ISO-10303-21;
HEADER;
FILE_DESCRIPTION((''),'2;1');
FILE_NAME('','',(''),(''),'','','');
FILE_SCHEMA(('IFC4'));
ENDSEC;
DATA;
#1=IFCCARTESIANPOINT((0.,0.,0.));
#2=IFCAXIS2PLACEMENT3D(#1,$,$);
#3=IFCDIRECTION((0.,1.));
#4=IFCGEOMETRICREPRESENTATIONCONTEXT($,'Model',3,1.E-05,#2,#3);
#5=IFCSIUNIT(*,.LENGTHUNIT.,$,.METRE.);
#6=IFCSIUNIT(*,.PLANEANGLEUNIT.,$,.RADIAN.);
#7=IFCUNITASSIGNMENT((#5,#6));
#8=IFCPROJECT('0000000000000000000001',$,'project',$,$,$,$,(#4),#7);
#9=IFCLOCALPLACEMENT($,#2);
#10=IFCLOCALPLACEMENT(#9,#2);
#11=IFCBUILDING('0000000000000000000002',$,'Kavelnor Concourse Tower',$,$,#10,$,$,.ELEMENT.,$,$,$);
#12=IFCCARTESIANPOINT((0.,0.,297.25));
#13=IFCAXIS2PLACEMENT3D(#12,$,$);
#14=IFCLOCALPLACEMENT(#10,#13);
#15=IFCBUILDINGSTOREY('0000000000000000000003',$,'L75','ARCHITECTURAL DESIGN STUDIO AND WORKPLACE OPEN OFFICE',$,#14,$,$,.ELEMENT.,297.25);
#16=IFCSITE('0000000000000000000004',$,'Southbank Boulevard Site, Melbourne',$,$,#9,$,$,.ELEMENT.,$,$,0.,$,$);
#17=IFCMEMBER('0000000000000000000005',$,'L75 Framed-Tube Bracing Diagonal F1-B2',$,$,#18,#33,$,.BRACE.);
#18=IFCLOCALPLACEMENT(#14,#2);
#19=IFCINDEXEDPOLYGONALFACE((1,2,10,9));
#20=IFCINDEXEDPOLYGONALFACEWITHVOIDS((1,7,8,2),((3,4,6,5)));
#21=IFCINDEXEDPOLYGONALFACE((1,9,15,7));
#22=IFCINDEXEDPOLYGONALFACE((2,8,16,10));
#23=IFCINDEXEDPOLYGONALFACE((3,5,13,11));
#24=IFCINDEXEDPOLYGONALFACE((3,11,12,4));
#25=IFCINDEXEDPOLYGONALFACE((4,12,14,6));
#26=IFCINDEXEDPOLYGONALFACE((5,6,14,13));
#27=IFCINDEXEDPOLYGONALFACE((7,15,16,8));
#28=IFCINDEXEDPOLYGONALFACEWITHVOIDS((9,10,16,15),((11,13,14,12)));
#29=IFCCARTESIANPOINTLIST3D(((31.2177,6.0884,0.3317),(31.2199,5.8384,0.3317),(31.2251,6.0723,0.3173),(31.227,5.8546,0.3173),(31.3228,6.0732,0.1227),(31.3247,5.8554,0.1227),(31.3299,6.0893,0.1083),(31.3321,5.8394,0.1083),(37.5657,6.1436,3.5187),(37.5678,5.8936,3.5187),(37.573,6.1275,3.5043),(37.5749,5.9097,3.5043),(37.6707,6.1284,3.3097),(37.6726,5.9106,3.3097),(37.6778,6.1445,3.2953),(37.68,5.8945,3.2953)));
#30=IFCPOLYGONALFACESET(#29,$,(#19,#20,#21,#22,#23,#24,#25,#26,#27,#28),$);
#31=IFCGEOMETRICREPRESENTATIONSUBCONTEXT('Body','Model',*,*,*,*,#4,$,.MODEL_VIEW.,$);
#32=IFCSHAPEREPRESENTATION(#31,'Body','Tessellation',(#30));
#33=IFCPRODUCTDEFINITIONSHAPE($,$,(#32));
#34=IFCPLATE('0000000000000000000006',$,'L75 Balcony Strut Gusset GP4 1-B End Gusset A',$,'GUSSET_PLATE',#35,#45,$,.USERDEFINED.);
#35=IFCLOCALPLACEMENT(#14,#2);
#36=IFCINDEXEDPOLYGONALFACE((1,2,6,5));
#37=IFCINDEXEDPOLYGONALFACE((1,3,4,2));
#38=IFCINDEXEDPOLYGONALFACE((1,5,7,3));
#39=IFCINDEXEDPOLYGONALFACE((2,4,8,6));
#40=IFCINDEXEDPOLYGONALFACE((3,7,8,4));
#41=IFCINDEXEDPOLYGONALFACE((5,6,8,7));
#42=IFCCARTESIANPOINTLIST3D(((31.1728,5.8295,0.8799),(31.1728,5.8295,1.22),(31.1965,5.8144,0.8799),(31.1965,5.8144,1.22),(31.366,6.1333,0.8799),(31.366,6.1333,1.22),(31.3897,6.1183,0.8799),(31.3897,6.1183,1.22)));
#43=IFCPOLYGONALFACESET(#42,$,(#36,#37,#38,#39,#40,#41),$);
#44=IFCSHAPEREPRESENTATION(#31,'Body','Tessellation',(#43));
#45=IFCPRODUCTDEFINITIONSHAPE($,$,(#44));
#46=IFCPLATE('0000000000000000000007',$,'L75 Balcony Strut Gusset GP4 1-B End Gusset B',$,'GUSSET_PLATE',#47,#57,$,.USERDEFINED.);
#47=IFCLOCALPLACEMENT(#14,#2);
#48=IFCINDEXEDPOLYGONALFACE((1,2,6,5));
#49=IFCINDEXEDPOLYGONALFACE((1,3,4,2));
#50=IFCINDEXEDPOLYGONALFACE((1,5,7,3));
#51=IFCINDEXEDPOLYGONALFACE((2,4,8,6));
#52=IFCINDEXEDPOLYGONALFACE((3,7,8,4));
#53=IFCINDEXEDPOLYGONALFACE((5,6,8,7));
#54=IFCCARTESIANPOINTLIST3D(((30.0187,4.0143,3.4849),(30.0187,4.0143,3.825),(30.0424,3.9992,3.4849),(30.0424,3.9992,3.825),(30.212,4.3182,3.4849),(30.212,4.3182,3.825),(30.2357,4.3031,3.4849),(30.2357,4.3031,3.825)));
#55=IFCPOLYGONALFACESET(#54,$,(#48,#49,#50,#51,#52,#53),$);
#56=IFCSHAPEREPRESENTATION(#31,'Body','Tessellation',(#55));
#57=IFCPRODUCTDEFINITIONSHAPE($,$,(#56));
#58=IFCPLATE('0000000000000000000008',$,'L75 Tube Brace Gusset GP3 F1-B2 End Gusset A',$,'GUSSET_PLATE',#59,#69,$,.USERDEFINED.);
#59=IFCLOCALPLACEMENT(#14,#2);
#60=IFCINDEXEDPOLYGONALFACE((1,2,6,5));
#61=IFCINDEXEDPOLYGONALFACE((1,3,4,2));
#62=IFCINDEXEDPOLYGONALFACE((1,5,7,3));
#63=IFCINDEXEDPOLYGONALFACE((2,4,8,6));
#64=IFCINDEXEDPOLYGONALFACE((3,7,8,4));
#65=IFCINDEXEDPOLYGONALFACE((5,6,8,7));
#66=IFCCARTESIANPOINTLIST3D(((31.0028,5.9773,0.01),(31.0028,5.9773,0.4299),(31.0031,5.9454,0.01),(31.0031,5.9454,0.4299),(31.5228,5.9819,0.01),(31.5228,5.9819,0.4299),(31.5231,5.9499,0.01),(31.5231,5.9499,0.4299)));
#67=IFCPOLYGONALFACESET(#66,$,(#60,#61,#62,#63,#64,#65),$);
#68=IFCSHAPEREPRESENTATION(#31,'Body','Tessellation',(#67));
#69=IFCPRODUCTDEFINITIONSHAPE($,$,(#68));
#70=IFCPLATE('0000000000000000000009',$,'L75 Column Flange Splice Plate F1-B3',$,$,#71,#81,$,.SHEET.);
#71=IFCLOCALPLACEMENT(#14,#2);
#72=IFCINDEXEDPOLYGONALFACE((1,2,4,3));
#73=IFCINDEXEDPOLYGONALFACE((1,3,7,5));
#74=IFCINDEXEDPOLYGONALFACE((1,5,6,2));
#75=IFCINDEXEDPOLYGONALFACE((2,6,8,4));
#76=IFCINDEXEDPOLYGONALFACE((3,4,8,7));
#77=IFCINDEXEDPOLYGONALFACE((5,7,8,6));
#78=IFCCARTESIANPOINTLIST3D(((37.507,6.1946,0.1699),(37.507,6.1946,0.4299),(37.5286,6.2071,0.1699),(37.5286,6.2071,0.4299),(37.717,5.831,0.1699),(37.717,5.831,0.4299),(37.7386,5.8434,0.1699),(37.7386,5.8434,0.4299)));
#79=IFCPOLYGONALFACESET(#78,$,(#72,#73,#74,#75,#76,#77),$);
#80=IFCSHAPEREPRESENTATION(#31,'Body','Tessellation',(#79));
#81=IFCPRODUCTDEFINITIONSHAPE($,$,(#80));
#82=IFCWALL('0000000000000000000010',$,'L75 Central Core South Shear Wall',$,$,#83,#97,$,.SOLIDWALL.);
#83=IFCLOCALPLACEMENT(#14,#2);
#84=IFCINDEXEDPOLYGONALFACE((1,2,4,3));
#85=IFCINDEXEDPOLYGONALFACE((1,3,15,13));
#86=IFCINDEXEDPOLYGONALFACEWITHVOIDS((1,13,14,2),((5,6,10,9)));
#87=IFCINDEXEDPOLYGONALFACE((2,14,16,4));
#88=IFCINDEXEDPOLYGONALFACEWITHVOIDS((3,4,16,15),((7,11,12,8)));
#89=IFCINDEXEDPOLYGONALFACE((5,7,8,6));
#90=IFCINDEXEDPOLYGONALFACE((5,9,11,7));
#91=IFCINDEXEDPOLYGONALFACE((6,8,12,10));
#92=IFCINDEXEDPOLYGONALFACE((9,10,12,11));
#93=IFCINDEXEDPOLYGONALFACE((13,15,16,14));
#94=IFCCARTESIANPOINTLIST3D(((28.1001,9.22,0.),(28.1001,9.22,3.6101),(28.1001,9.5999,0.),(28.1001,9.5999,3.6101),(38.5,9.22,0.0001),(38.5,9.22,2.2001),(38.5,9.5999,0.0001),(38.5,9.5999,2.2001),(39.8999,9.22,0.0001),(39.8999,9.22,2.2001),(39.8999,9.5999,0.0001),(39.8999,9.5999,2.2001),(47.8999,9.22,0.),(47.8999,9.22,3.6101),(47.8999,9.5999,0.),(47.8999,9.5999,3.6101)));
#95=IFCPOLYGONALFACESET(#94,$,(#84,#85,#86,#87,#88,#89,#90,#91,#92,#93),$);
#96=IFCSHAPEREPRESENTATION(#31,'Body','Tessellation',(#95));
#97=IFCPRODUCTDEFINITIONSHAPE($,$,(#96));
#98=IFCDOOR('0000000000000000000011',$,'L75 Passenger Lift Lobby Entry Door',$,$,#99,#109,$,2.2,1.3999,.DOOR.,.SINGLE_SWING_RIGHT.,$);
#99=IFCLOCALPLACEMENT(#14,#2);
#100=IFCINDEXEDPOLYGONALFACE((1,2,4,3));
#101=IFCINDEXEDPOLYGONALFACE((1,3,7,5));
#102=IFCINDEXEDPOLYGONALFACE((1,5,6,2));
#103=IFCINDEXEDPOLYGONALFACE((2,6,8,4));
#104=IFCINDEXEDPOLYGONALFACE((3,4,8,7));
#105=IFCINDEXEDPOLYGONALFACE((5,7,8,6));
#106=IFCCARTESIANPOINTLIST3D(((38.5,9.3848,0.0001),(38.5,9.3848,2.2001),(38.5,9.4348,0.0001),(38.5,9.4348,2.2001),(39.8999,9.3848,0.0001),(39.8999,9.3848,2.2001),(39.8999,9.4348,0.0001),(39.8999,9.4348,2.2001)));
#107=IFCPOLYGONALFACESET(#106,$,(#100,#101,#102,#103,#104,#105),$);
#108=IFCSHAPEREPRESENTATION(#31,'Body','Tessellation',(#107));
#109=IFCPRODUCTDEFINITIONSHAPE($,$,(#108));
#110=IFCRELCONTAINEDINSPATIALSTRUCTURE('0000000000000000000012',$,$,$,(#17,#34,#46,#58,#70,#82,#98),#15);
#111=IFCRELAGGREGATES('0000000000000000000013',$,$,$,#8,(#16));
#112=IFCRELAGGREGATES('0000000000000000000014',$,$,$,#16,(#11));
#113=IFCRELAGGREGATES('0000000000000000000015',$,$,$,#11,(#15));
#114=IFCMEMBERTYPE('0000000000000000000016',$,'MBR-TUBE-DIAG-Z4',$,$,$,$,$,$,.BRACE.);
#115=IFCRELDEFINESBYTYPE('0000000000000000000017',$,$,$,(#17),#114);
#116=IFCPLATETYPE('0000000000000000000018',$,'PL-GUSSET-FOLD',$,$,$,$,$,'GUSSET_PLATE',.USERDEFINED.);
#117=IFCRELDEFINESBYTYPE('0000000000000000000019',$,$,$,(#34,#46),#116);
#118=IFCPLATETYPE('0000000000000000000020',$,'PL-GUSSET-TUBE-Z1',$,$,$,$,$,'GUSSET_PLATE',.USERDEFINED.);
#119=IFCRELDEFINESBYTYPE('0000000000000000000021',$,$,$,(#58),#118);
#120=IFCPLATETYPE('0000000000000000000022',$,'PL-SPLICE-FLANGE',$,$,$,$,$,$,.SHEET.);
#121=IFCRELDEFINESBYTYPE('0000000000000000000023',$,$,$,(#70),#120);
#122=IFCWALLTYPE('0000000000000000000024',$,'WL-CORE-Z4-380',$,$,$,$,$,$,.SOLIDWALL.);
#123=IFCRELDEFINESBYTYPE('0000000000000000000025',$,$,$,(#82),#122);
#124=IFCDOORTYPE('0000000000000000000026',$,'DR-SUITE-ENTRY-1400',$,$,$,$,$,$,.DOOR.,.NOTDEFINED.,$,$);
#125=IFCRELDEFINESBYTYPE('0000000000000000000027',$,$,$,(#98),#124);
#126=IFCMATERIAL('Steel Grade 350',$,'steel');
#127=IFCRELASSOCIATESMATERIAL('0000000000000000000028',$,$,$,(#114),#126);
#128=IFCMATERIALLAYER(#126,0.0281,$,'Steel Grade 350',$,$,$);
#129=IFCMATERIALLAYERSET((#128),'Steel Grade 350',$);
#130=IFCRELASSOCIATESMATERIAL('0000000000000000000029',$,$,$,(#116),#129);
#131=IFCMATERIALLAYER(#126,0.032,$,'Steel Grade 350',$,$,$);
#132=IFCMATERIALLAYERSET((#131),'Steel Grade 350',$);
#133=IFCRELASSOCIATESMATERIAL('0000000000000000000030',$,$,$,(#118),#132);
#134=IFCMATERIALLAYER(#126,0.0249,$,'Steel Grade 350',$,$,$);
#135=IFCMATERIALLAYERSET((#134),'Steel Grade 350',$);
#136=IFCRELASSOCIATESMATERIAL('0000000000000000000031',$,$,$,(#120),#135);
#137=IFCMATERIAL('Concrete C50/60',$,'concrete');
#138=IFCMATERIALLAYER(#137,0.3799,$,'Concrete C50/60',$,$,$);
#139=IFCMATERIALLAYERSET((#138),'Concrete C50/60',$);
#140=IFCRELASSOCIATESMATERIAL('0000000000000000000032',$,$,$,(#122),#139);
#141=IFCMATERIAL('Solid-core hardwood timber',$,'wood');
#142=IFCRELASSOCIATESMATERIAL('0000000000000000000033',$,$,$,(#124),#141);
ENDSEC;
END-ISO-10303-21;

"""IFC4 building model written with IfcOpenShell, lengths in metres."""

from ifc_helpers import new_model, si_unit, direction, frame, frame_2d, origin, origin_2d, place, context, subcontext, project, spatial, rectangle, hollow_rectangle, extrude, material, layer, layer_set, material_profile, profile_set, type_object, element, fill, save


model = new_model("IFC4")

# Units and contexts
model_context = context("Model", 3, precision=1e-05, world=origin(), true_north=direction((0.0, 1.0)))
body_context = subcontext(model_context, "Body", "Model", "MODEL_VIEW")
ifc_project = project(units=[si_unit("LENGTHUNIT", "METRE"), si_unit("PLANEANGLEUNIT", "RADIAN")], contexts=[model_context])

# Site, building, storey
site_placement = place(None, origin())
site = spatial("IfcSite", under=ifc_project, at=site_placement, Name="Southbank Boulevard Site, Melbourne", CompositionType="ELEMENT", RefElevation=0.0)
building_placement = place(site_placement, origin())
building = spatial("IfcBuilding", under=site, at=building_placement, Name="Kavelnor Concourse Tower", CompositionType="ELEMENT")
storey_placement = place(building_placement, frame((0.0, 0.0, 297.25)))
storey = spatial("IfcBuildingStorey", under=building, at=storey_placement, Name="L75", Description="ARCHITECTURAL DESIGN STUDIO AND WORKPLACE OPEN OFFICE", CompositionType="ELEMENT", Elevation=297.25)

# Shared definitions
ifc_material_1 = material(Name="Steel Grade 350", Category="steel")

# Member
ifc_material_profile_1 = material_profile(ifc_material_1, hollow_rectangle(XDim=0.25, YDim=0.25, WallThickness=0.0161, at=origin_2d()), Name="SHS 250x250x16")
ifc_profile_set_1 = profile_set([ifc_material_profile_1], Name="Steel Grade 350")
member_type_1 = type_object("IfcMemberType", Name="MBR-TUBE-DIAG-Z4", PredefinedType="BRACE", material=ifc_profile_set_1)
member_1_placement = place(storey_placement, frame((31.2749, 5.9639, 0.22), z_axis=(0.893663, 0.007768, 0.448671), x_axis=(-0.008692, 0.999962, 0.0)))
element("IfcMember", 1, at=member_1_placement, inside=storey, type_object=member_type_1, Name="L75 Framed-Tube Bracing Diagonal F1-B2", PredefinedType="BRACE", context=body_context, shape_type="SweptSolid", body=[
    extrude(hollow_rectangle(XDim=0.25, YDim=0.25, WallThickness=0.0161, at=origin_2d()), origin(), (0.0, 0.0, 1.0), 7.1033),
])

# Plates
ifc_layer_1 = layer(ifc_material_1, 0.0281, Name="Steel Grade 350")
ifc_layer_set_1 = layer_set([ifc_layer_1], Name="Steel Grade 350")
plate_type_1 = type_object("IfcPlateType", Name="PL-GUSSET-FOLD", ElementType="GUSSET_PLATE", PredefinedType="USERDEFINED", material=ifc_layer_set_1)
for number, where, z_axis, x_axis, name in (
    (2, (31.2812, 5.9739, 0.8799), (0.0, 0.0, 1.0), (-0.536563, -0.84386, 0.0), "L75 Balcony Strut Gusset GP4 1-B End Gusset A"),
    (3, (30.1272, 4.1587, 3.4849), (0.0, 0.0, 1.0), (-0.536563, -0.84386, 0.0), "L75 Balcony Strut Gusset GP4 1-B End Gusset B"),
):
    element("IfcPlate", number, at=place(storey_placement, frame(where, z_axis=z_axis, x_axis=x_axis)), inside=storey, type_object=plate_type_1, Name=name, ObjectType="GUSSET_PLATE", PredefinedType="USERDEFINED", context=body_context, shape_type="SweptSolid", body=[
        extrude(rectangle(XDim=0.3601, YDim=0.0281, at=origin_2d()), origin(), (0.0, 0.0, 1.0), 0.3401),
    ])
ifc_layer_2 = layer(ifc_material_1, 0.032, Name="Steel Grade 350")
ifc_layer_set_2 = layer_set([ifc_layer_2], Name="Steel Grade 350")
plate_type_2 = type_object("IfcPlateType", Name="PL-GUSSET-TUBE-Z1", ElementType="GUSSET_PLATE", PredefinedType="USERDEFINED", material=ifc_layer_set_2)
plate_1_placement = place(storey_placement, frame((31.2629, 5.9636, 0.01), z_axis=(0.0, 0.0, 1.0), x_axis=(0.999962, 0.008727, 0.0)))
element("IfcPlate", 4, at=plate_1_placement, inside=storey, type_object=plate_type_2, Name="L75 Tube Brace Gusset GP3 F1-B2 End Gusset A", ObjectType="GUSSET_PLATE", PredefinedType="USERDEFINED", context=body_context, shape_type="SweptSolid", body=[
    extrude(rectangle(XDim=0.52, YDim=0.032, at=origin_2d()), origin(), (0.0, 0.0, 1.0), 0.4199),
])
ifc_layer_3 = layer(ifc_material_1, 0.0249, Name="Steel Grade 350")
ifc_layer_set_3 = layer_set([ifc_layer_3], Name="Steel Grade 350")
plate_type_3 = type_object("IfcPlateType", Name="PL-SPLICE-FLANGE", PredefinedType="SHEET", material=ifc_layer_set_3)
plate_2_placement = place(storey_placement, frame((37.6228, 6.019, 0.1699), z_axis=(0.0, 0.0, 1.0), x_axis=(-0.5, 0.866025, 0.0)))
element("IfcPlate", 5, at=plate_2_placement, inside=storey, type_object=plate_type_3, Name="L75 Column Flange Splice Plate F1-B3", PredefinedType="SHEET", context=body_context, shape_type="SweptSolid", body=[
    extrude(rectangle(XDim=0.4199, YDim=0.0249, at=origin_2d()), origin(), (0.0, 0.0, 1.0), 0.26),
])

# Wall, opening, door
ifc_material_2 = material(Name="Concrete C50/60", Category="concrete")
ifc_layer_4 = layer(ifc_material_2, 0.3799, Name="Concrete C50/60")
ifc_layer_set_4 = layer_set([ifc_layer_4], Name="Concrete C50/60")
wall_type = type_object("IfcWallType", Name="WL-CORE-Z4-380", PredefinedType="SOLIDWALL", material=ifc_layer_set_4)
wall_placement = place(storey_placement, frame((28.1001, 9.4099, 0.0), z_axis=(0.0, 0.0, 1.0), x_axis=(1.0, 0.0, 0.0)))
wall = element("IfcWall", 6, at=wall_placement, inside=storey, type_object=wall_type, Name="L75 Central Core South Shear Wall", PredefinedType="SOLIDWALL", context=body_context, shape_type="SweptSolid", body=[
    extrude(rectangle(XDim=19.7998, YDim=0.3799, at=frame_2d((9.8999, 0.0))), origin(), (0.0, 0.0, 1.0), 3.6101),
])
opening_placement = place(wall_placement, frame((10.3999, 0.0, 0.0)))
opening = element("IfcOpeningElement", 7, at=opening_placement, cuts=wall, PredefinedType="OPENING", context=body_context, shape_type="SweptSolid", body=[
    extrude(rectangle(XDim=1.3999, YDim=2.2, at=frame_2d((0.7, 1.1001))), frame((0.0, 0.2, 0.0), z_axis=(0.0, -1.0, 0.0), x_axis=(1.0, 0.0, 0.0)), (0.0, 0.0, 1.0), 0.3999),
])
ifc_material_3 = material(Name="Solid-core hardwood timber", Category="wood")
door_type = type_object("IfcDoorType", Name="DR-SUITE-ENTRY-1400", OperationType="NOTDEFINED", PredefinedType="DOOR", material=ifc_material_3)
door_placement = place(opening_placement, origin())
door = element("IfcDoor", 8, at=door_placement, inside=storey, type_object=door_type, Name="L75 Passenger Lift Lobby Entry Door", OperationType="SINGLE_SWING_RIGHT", OverallHeight=2.2, OverallWidth=1.3999, PredefinedType="DOOR", context=body_context, shape_type="SweptSolid", body=[
    extrude(rectangle(XDim=1.3999, YDim=2.2, at=frame_2d((0.7, 1.1001))), frame((0.0, 0.0249, 0.0), z_axis=(0.0, -1.0, 0.0), x_axis=(1.0, 0.0, 0.0)), (0.0, 0.0, 1.0), 0.05),
])
fill(opening, door)

save(model, "model.ifc")
